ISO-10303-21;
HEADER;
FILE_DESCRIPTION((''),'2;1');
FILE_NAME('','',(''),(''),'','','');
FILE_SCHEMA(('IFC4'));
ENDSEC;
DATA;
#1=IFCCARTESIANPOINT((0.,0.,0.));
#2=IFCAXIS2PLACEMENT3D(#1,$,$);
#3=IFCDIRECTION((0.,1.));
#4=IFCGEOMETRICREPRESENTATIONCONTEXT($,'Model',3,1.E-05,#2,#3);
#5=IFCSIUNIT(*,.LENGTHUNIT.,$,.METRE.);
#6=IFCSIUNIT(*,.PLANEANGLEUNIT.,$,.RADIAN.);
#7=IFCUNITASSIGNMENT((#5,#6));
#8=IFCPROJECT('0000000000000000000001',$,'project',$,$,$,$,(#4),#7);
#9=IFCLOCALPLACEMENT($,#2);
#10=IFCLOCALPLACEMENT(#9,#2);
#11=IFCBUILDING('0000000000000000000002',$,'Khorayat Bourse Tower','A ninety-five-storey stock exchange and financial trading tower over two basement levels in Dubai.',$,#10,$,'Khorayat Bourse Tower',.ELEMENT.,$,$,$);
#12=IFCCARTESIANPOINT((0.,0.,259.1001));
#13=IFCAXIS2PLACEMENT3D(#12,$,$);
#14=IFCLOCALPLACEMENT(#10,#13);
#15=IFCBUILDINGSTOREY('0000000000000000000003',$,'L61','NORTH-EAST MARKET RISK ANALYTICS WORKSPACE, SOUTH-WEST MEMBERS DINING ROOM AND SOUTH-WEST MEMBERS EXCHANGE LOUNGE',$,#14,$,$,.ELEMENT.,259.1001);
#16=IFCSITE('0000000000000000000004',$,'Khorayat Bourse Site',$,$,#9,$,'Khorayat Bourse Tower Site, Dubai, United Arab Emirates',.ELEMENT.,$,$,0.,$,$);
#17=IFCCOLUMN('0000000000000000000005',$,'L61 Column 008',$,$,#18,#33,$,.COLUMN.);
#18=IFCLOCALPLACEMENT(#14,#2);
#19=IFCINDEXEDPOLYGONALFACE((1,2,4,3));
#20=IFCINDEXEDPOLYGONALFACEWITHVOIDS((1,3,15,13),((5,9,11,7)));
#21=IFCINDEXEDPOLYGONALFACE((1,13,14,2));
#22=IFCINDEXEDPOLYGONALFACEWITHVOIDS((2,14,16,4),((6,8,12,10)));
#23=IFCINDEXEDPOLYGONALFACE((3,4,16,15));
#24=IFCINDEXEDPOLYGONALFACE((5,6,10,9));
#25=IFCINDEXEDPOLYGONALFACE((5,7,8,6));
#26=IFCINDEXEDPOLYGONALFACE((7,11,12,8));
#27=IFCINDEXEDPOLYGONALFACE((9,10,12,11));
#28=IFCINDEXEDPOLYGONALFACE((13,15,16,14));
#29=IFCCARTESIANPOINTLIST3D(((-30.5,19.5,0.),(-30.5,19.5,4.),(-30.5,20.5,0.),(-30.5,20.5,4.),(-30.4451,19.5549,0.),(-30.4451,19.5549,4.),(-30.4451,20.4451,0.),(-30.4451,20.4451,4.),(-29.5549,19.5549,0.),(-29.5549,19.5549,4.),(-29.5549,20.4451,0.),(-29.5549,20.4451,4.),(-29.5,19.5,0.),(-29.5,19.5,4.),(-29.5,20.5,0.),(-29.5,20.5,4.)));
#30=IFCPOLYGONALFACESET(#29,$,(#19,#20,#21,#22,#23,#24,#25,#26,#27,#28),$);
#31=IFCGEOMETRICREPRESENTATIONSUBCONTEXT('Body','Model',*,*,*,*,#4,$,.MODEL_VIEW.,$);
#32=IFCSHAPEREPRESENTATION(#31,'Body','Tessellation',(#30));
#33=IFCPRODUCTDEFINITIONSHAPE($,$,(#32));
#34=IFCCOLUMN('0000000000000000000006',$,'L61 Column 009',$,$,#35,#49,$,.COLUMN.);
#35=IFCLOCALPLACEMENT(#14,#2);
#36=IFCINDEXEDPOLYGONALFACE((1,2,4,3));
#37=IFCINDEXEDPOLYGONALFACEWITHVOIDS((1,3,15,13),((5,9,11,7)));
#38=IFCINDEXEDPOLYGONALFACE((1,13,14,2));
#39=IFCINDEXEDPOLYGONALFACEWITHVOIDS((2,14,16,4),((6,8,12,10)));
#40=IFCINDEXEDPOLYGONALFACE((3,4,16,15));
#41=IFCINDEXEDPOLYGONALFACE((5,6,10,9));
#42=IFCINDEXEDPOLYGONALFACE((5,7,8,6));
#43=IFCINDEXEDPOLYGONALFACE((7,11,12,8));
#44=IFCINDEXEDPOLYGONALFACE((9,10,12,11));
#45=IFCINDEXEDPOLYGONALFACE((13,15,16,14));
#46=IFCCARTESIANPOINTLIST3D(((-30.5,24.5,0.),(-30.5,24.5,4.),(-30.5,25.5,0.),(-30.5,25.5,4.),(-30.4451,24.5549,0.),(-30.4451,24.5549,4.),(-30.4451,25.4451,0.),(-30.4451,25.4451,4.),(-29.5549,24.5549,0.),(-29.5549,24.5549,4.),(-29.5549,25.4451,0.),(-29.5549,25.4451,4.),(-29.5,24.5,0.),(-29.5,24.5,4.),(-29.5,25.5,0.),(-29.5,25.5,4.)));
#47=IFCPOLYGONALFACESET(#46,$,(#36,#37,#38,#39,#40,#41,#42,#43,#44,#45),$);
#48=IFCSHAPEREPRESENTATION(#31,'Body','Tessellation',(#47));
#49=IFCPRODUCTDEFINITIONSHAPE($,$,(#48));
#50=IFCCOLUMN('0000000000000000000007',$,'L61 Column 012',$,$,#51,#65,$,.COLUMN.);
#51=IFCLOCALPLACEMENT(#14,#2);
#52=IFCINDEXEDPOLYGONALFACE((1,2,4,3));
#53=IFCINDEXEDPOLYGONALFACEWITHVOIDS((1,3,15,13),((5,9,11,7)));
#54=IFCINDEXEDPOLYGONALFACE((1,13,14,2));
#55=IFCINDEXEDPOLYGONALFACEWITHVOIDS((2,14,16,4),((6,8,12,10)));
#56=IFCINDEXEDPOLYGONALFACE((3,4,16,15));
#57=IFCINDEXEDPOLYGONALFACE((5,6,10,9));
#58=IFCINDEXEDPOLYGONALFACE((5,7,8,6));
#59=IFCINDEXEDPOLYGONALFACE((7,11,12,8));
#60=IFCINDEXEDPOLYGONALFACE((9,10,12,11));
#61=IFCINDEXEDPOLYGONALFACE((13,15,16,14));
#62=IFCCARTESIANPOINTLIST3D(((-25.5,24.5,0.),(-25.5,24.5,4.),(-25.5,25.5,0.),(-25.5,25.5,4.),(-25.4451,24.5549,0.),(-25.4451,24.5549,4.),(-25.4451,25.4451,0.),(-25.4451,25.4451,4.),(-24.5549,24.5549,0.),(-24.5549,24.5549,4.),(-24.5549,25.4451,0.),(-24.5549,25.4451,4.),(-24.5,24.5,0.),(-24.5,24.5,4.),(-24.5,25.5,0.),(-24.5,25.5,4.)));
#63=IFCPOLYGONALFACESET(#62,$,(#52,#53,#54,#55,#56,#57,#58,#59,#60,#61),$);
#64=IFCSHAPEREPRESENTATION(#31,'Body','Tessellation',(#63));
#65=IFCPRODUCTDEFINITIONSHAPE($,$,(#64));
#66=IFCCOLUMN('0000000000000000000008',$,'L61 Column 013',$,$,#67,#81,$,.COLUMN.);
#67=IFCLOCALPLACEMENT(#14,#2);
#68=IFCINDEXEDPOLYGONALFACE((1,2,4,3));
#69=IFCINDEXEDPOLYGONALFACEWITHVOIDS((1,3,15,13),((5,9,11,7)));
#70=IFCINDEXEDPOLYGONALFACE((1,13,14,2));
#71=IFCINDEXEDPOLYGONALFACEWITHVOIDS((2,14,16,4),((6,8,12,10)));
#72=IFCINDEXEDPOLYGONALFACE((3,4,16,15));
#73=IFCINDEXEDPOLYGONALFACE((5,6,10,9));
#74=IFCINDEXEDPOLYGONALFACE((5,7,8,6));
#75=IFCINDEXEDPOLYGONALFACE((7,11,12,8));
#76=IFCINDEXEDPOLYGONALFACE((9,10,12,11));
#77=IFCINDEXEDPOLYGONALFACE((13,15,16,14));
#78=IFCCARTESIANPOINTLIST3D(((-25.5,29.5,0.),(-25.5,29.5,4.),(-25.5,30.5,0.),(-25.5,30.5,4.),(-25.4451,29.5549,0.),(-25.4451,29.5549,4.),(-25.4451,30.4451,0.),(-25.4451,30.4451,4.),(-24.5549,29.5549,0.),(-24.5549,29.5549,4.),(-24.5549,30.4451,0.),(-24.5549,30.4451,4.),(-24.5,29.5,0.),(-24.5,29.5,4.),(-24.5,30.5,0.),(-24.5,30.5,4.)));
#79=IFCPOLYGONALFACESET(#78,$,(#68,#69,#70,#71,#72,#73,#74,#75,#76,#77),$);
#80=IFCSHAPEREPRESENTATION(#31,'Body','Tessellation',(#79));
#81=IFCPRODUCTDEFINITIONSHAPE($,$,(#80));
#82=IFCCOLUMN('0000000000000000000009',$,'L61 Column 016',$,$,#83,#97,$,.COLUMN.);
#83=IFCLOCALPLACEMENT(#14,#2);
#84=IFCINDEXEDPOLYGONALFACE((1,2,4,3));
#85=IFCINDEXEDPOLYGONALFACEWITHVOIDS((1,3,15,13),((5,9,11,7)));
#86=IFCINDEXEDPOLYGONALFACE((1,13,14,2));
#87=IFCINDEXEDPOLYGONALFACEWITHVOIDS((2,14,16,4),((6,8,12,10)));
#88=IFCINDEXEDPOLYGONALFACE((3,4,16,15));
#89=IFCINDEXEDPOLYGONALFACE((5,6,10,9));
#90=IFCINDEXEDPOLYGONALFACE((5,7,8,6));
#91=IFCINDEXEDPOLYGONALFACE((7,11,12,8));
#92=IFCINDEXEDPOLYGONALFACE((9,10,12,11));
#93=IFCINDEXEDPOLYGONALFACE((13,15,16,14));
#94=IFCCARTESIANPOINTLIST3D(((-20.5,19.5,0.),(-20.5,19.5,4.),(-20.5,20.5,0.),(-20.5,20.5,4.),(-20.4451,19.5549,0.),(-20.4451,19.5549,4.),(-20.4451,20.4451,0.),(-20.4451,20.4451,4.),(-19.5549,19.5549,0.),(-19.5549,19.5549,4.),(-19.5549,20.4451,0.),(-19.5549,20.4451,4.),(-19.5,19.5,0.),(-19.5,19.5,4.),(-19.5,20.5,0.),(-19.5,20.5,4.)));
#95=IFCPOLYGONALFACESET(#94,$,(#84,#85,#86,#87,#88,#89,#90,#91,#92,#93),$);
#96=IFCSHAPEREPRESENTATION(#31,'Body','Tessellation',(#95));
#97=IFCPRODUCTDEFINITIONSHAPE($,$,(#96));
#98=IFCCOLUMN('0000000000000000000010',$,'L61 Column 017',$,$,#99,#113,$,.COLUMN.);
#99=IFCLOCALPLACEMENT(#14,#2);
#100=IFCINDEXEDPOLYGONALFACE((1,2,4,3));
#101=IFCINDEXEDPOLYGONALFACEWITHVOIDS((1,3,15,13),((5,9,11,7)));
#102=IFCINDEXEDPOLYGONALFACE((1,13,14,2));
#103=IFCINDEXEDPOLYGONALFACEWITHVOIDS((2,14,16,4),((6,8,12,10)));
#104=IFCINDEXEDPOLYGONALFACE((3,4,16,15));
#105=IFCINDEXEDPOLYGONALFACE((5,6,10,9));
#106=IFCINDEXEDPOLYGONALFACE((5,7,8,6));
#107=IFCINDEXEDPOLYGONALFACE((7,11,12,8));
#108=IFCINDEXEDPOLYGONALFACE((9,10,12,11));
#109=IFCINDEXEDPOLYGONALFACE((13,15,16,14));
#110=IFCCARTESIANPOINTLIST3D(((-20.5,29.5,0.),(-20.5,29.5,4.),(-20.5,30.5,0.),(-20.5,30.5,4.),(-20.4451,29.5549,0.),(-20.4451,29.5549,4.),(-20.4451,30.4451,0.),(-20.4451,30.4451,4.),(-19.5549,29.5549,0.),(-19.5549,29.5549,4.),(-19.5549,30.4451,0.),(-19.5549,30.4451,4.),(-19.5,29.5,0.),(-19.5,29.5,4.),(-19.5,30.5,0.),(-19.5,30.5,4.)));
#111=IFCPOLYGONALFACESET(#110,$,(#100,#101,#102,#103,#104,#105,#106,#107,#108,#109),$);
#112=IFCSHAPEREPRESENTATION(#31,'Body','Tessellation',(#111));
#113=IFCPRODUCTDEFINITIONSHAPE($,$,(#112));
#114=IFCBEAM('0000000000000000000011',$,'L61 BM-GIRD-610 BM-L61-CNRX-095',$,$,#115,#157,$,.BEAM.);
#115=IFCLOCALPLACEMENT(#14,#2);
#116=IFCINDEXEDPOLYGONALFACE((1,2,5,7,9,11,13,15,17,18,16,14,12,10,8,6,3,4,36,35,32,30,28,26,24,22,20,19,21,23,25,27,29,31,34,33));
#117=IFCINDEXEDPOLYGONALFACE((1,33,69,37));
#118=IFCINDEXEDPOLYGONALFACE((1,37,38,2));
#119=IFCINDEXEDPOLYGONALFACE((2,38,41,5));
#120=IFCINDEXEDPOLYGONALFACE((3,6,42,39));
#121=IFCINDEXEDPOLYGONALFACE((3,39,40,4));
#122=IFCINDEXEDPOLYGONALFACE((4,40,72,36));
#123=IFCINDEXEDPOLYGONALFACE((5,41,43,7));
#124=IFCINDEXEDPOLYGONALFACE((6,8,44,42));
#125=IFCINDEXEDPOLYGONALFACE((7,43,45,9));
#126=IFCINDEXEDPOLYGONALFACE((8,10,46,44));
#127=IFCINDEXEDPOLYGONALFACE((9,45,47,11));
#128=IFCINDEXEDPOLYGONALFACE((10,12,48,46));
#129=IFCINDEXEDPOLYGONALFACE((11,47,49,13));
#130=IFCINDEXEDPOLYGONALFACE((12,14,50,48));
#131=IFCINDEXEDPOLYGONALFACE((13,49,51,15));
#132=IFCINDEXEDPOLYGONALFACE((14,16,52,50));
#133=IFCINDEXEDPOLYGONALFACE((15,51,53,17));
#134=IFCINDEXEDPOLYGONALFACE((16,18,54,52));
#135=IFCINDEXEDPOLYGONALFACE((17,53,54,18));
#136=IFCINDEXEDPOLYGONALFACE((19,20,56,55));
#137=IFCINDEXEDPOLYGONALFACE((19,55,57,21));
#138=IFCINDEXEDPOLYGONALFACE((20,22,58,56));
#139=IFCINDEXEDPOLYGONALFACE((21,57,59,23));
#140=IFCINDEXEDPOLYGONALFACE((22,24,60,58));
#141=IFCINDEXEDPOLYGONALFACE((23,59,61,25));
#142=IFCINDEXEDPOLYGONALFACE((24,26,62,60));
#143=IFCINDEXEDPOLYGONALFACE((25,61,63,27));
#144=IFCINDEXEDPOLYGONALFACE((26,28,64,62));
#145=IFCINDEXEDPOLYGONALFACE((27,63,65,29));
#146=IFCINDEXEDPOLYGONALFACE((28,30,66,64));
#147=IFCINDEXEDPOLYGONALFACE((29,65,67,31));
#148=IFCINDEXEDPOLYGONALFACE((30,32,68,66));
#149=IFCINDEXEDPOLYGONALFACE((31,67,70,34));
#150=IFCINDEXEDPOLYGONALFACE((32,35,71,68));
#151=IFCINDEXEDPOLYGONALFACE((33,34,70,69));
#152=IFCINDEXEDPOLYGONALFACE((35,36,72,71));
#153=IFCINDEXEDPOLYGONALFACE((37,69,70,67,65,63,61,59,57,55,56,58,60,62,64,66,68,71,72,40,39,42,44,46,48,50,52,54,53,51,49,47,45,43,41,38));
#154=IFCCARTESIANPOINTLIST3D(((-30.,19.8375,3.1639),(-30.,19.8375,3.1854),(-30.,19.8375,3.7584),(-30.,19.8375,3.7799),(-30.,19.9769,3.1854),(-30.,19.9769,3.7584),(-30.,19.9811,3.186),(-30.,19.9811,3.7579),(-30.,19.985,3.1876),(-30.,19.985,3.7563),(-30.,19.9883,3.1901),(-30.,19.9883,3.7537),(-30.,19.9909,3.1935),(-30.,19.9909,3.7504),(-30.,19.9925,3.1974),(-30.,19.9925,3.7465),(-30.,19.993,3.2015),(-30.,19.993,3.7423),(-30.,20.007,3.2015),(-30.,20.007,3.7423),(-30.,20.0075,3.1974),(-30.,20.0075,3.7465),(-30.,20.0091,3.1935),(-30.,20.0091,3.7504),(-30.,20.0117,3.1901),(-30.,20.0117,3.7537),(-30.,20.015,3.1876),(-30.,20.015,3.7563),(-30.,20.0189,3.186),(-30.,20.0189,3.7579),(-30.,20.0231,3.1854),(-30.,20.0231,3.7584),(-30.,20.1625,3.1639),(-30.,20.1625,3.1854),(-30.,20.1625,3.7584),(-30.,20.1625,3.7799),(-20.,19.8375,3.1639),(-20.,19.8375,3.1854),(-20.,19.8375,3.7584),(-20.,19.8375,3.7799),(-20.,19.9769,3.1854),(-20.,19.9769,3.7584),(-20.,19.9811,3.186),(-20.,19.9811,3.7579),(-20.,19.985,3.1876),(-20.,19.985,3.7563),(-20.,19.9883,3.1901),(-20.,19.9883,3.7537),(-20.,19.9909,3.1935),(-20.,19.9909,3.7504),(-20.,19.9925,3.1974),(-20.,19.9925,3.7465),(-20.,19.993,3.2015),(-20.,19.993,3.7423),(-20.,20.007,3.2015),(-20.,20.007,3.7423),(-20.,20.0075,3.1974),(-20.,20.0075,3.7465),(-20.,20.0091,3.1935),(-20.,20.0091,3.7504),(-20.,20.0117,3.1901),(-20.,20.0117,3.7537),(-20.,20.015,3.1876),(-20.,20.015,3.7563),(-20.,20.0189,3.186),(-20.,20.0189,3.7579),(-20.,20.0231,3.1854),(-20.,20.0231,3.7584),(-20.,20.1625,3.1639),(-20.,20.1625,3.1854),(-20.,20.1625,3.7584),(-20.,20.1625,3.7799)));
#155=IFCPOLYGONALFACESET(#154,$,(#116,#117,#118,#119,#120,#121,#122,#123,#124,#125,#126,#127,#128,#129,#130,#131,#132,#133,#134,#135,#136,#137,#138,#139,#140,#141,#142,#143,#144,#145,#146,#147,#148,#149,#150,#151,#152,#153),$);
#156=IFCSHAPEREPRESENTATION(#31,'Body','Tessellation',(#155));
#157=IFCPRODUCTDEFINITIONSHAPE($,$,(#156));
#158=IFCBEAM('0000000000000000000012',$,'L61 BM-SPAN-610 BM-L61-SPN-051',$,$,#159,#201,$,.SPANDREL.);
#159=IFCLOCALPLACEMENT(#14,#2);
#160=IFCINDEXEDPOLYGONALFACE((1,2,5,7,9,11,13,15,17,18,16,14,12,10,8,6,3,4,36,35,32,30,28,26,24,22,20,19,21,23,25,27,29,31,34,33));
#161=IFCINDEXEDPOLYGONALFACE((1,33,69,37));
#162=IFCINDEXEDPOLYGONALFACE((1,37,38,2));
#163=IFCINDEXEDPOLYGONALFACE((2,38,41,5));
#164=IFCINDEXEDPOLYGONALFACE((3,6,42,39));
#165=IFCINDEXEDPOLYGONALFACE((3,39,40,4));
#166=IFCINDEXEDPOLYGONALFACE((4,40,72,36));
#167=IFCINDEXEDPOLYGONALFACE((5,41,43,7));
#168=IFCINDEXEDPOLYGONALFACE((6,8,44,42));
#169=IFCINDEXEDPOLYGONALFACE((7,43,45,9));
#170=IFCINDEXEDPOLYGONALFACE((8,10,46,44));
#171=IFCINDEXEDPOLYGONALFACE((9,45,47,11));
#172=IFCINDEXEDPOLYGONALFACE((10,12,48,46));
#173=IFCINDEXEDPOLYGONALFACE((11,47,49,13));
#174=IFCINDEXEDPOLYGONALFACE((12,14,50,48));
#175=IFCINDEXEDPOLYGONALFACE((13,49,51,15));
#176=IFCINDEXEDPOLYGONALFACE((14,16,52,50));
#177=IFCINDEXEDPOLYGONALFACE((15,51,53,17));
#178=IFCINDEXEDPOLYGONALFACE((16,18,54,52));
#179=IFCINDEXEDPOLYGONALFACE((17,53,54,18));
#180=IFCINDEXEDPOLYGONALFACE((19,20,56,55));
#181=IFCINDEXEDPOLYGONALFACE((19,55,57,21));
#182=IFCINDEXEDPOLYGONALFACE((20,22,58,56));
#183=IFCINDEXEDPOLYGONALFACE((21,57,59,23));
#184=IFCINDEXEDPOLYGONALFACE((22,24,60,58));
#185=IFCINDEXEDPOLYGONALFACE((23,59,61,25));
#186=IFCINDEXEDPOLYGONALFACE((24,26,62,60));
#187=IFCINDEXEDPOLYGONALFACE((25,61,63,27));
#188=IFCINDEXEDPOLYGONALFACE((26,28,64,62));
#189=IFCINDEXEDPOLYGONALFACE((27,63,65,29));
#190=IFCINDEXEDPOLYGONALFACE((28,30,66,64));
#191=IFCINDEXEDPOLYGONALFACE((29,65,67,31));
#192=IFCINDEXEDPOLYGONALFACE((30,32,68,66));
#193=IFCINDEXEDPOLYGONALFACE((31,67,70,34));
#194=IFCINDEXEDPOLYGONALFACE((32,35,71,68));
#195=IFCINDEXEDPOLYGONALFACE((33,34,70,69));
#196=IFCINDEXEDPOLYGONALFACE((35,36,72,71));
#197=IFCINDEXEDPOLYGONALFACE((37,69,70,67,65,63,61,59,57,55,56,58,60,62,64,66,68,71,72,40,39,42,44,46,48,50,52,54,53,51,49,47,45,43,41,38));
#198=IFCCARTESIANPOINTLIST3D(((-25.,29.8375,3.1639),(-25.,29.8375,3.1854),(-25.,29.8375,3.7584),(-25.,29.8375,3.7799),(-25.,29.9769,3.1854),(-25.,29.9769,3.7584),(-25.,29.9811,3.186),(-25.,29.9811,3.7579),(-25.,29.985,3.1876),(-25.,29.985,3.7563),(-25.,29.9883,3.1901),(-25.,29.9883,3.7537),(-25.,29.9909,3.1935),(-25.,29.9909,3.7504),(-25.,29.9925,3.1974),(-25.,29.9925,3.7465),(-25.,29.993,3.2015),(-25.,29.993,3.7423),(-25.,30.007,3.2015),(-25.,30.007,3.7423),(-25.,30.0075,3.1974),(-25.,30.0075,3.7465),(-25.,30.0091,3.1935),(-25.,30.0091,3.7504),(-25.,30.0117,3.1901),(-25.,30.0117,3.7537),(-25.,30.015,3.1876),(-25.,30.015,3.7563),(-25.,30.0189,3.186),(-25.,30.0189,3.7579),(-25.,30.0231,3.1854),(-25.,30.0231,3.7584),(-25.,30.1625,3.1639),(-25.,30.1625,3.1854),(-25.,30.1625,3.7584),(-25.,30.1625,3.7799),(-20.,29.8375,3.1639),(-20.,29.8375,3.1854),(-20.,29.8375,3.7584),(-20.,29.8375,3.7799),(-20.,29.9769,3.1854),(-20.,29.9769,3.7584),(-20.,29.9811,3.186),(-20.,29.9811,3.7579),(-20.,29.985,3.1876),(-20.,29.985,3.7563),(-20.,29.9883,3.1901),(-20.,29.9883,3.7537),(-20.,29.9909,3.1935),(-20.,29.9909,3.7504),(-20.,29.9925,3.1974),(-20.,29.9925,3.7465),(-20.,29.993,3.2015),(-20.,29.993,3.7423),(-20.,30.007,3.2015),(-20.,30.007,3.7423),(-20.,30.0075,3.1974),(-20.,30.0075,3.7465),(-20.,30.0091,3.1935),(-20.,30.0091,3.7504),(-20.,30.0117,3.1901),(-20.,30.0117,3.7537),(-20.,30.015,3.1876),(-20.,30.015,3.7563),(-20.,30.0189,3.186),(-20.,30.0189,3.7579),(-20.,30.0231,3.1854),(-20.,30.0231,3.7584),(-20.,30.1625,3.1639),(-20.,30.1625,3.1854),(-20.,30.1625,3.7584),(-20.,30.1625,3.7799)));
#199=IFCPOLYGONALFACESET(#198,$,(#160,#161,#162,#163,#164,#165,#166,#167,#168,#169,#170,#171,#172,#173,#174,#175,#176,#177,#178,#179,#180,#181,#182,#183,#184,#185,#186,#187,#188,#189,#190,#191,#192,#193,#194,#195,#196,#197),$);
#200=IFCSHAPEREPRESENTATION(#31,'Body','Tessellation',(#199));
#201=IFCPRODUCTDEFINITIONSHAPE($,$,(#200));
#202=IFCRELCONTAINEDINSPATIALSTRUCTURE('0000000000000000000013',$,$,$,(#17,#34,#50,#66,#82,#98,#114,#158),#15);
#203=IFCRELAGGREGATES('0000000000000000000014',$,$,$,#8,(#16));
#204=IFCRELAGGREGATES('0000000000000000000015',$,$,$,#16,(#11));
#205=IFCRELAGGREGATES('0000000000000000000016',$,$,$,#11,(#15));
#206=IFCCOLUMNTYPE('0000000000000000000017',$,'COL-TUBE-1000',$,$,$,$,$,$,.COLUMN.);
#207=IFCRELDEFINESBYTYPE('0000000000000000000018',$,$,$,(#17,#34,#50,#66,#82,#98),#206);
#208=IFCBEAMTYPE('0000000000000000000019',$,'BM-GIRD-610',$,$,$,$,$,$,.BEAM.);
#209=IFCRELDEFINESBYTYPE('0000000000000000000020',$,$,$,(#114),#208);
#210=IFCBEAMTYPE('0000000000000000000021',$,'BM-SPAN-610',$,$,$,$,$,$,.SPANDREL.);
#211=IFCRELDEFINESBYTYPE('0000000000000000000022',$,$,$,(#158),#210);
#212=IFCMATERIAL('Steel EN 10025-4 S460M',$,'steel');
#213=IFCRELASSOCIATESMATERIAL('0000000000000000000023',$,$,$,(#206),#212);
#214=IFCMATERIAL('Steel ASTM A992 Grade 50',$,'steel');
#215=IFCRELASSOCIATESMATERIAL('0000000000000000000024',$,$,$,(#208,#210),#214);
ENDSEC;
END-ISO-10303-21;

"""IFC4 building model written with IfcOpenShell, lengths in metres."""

from ifc_helpers import new_model, si_unit, direction, frame, origin, origin_2d, place, context, subcontext, project, spatial, hollow_rectangle, i_section, extrude, source, transform, mapped, material, material_profile, profile_set, type_object, element, save


model = new_model("IFC4")

# Units and contexts
model_context = context("Model", 3, precision=1e-05, world=origin(), true_north=direction((0.0, 1.0)))
body_context = subcontext(model_context, "Body", "Model", "MODEL_VIEW")
ifc_project = project(units=[si_unit("LENGTHUNIT", "METRE"), si_unit("PLANEANGLEUNIT", "RADIAN")], contexts=[model_context])

# Site, building, storey
site_placement = place(None, origin())
site = spatial("IfcSite", under=ifc_project, at=site_placement, Name="Khorayat Bourse Site", LongName="Khorayat Bourse Tower Site, Dubai, United Arab Emirates", CompositionType="ELEMENT", RefElevation=0.0)
building_placement = place(site_placement, origin())
building = spatial("IfcBuilding", under=site, at=building_placement, Name="Khorayat Bourse Tower", Description="A ninety-five-storey stock exchange and financial trading tower over two basement levels in Dubai.", LongName="Khorayat Bourse Tower", CompositionType="ELEMENT")
storey_placement = place(building_placement, frame((0.0, 0.0, 259.1001)))
storey = spatial("IfcBuildingStorey", under=building, at=storey_placement, Name="L61", Description="NORTH-EAST MARKET RISK ANALYTICS WORKSPACE, SOUTH-WEST MEMBERS DINING ROOM AND SOUTH-WEST MEMBERS EXCHANGE LOUNGE", CompositionType="ELEMENT", Elevation=259.1001)

# Columns
ifc_material_1 = material(Name="Steel EN 10025-4 S460M", Category="steel")
ifc_material_profile_1 = material_profile(ifc_material_1, hollow_rectangle(XDim=1.0, YDim=1.0, WallThickness=0.0549, at=origin_2d()), Name="BOX 1000x1000x55")
ifc_profile_set_1 = profile_set([ifc_material_profile_1], Name="Steel EN 10025-4 S460M")
column_type = type_object("IfcColumnType", Name="COL-TUBE-1000", PredefinedType="COLUMN", material=ifc_profile_set_1)
shared_shape_1 = source(origin(), body_context, "Body", "SweptSolid", [
    extrude(hollow_rectangle(XDim=1.0, YDim=1.0, WallThickness=0.0549, at=origin_2d()), origin(), (0.0, 0.0, 1.0), 4.0),
])
for number, where, z_axis, x_axis, name in (
    (1, (-30.0, 20.0, 0.0), (0.0, 0.0, 1.0), (1.0, 0.0, 0.0), "L61 Column 008"),
    (2, (-30.0, 25.0, 0.0), (0.0, 0.0, 1.0), (1.0, 0.0, 0.0), "L61 Column 009"),
    (3, (-25.0, 25.0, 0.0), (0.0, 0.0, 1.0), (1.0, 0.0, 0.0), "L61 Column 012"),
    (4, (-25.0, 30.0, 0.0), (0.0, 0.0, 1.0), (1.0, 0.0, 0.0), "L61 Column 013"),
    (5, (-20.0, 20.0, 0.0), (0.0, 0.0, 1.0), (1.0, 0.0, 0.0), "L61 Column 016"),
    (6, (-20.0, 30.0, 0.0), (0.0, 0.0, 1.0), (1.0, 0.0, 0.0), "L61 Column 017"),
):
    element("IfcColumn", number, at=place(storey_placement, frame(where, z_axis=z_axis, x_axis=x_axis)), inside=storey, type_object=column_type, Name=name, PredefinedType="COLUMN", context=body_context, shape_type="MappedRepresentation", body=[
        mapped(shared_shape_1, transform((0.0, 0.0, 0.0), scale=1.0)),
    ])

# Beams
ifc_material_2 = material(Name="Steel ASTM A992 Grade 50", Category="steel")
ifc_material_profile_2 = material_profile(ifc_material_2, i_section(OverallWidth=0.325, OverallDepth=0.616, WebThickness=0.0139, FlangeThickness=0.0215, FilletRadius=0.0161, at=origin_2d()), Name="W610X174")
ifc_profile_set_2 = profile_set([ifc_material_profile_2], Name="Steel ASTM A992 Grade 50")
beam_type_1 = type_object("IfcBeamType", Name="BM-GIRD-610", PredefinedType="BEAM", material=ifc_profile_set_2)
shared_shape_2 = source(origin(), body_context, "Body", "SweptSolid", [
    extrude(i_section(OverallWidth=0.325, OverallDepth=0.616, WebThickness=0.0139, FlangeThickness=0.0215, FilletRadius=0.0161, at=origin_2d()), origin(), (0.0, 0.0, 1.0), 10.0),
])
beam_1_placement = place(storey_placement, frame((-30.0, 20.0, 3.4719), z_axis=(1.0, 0.0, 0.0), x_axis=(0.0, 1.0, 0.0)))
element("IfcBeam", 7, at=beam_1_placement, inside=storey, type_object=beam_type_1, Name="L61 BM-GIRD-610 BM-L61-CNRX-095", PredefinedType="BEAM", context=body_context, shape_type="MappedRepresentation", body=[
    mapped(shared_shape_2, transform((0.0, 0.0, 0.0), scale=1.0)),
])
ifc_material_profile_3 = material_profile(ifc_material_2, i_section(OverallWidth=0.325, OverallDepth=0.616, WebThickness=0.0139, FlangeThickness=0.0215, FilletRadius=0.0161, at=origin_2d()), Name="W610X174")
ifc_profile_set_3 = profile_set([ifc_material_profile_3], Name="Steel ASTM A992 Grade 50")
beam_type_2 = type_object("IfcBeamType", Name="BM-SPAN-610", PredefinedType="SPANDREL", material=ifc_profile_set_3)
shared_shape_3 = source(origin(), body_context, "Body", "SweptSolid", [
    extrude(i_section(OverallWidth=0.325, OverallDepth=0.616, WebThickness=0.0139, FlangeThickness=0.0215, FilletRadius=0.0161, at=origin_2d()), origin(), (0.0, 0.0, 1.0), 5.0),
])
for number, where, z_axis, x_axis, name in (
    (8, (-25.0, 30.0, 3.4719), (1.0, 0.0, 0.0), (0.0, 1.0, 0.0), "L61 BM-SPAN-610 BM-L61-SPN-051"),
):
    element("IfcBeam", number, at=place(storey_placement, frame(where, z_axis=z_axis, x_axis=x_axis)), inside=storey, type_object=beam_type_2, Name=name, PredefinedType="SPANDREL", context=body_context, shape_type="MappedRepresentation", body=[
        mapped(shared_shape_3, transform((0.0, 0.0, 0.0), scale=1.0)),
    ])

save(model, "model.ifc")
